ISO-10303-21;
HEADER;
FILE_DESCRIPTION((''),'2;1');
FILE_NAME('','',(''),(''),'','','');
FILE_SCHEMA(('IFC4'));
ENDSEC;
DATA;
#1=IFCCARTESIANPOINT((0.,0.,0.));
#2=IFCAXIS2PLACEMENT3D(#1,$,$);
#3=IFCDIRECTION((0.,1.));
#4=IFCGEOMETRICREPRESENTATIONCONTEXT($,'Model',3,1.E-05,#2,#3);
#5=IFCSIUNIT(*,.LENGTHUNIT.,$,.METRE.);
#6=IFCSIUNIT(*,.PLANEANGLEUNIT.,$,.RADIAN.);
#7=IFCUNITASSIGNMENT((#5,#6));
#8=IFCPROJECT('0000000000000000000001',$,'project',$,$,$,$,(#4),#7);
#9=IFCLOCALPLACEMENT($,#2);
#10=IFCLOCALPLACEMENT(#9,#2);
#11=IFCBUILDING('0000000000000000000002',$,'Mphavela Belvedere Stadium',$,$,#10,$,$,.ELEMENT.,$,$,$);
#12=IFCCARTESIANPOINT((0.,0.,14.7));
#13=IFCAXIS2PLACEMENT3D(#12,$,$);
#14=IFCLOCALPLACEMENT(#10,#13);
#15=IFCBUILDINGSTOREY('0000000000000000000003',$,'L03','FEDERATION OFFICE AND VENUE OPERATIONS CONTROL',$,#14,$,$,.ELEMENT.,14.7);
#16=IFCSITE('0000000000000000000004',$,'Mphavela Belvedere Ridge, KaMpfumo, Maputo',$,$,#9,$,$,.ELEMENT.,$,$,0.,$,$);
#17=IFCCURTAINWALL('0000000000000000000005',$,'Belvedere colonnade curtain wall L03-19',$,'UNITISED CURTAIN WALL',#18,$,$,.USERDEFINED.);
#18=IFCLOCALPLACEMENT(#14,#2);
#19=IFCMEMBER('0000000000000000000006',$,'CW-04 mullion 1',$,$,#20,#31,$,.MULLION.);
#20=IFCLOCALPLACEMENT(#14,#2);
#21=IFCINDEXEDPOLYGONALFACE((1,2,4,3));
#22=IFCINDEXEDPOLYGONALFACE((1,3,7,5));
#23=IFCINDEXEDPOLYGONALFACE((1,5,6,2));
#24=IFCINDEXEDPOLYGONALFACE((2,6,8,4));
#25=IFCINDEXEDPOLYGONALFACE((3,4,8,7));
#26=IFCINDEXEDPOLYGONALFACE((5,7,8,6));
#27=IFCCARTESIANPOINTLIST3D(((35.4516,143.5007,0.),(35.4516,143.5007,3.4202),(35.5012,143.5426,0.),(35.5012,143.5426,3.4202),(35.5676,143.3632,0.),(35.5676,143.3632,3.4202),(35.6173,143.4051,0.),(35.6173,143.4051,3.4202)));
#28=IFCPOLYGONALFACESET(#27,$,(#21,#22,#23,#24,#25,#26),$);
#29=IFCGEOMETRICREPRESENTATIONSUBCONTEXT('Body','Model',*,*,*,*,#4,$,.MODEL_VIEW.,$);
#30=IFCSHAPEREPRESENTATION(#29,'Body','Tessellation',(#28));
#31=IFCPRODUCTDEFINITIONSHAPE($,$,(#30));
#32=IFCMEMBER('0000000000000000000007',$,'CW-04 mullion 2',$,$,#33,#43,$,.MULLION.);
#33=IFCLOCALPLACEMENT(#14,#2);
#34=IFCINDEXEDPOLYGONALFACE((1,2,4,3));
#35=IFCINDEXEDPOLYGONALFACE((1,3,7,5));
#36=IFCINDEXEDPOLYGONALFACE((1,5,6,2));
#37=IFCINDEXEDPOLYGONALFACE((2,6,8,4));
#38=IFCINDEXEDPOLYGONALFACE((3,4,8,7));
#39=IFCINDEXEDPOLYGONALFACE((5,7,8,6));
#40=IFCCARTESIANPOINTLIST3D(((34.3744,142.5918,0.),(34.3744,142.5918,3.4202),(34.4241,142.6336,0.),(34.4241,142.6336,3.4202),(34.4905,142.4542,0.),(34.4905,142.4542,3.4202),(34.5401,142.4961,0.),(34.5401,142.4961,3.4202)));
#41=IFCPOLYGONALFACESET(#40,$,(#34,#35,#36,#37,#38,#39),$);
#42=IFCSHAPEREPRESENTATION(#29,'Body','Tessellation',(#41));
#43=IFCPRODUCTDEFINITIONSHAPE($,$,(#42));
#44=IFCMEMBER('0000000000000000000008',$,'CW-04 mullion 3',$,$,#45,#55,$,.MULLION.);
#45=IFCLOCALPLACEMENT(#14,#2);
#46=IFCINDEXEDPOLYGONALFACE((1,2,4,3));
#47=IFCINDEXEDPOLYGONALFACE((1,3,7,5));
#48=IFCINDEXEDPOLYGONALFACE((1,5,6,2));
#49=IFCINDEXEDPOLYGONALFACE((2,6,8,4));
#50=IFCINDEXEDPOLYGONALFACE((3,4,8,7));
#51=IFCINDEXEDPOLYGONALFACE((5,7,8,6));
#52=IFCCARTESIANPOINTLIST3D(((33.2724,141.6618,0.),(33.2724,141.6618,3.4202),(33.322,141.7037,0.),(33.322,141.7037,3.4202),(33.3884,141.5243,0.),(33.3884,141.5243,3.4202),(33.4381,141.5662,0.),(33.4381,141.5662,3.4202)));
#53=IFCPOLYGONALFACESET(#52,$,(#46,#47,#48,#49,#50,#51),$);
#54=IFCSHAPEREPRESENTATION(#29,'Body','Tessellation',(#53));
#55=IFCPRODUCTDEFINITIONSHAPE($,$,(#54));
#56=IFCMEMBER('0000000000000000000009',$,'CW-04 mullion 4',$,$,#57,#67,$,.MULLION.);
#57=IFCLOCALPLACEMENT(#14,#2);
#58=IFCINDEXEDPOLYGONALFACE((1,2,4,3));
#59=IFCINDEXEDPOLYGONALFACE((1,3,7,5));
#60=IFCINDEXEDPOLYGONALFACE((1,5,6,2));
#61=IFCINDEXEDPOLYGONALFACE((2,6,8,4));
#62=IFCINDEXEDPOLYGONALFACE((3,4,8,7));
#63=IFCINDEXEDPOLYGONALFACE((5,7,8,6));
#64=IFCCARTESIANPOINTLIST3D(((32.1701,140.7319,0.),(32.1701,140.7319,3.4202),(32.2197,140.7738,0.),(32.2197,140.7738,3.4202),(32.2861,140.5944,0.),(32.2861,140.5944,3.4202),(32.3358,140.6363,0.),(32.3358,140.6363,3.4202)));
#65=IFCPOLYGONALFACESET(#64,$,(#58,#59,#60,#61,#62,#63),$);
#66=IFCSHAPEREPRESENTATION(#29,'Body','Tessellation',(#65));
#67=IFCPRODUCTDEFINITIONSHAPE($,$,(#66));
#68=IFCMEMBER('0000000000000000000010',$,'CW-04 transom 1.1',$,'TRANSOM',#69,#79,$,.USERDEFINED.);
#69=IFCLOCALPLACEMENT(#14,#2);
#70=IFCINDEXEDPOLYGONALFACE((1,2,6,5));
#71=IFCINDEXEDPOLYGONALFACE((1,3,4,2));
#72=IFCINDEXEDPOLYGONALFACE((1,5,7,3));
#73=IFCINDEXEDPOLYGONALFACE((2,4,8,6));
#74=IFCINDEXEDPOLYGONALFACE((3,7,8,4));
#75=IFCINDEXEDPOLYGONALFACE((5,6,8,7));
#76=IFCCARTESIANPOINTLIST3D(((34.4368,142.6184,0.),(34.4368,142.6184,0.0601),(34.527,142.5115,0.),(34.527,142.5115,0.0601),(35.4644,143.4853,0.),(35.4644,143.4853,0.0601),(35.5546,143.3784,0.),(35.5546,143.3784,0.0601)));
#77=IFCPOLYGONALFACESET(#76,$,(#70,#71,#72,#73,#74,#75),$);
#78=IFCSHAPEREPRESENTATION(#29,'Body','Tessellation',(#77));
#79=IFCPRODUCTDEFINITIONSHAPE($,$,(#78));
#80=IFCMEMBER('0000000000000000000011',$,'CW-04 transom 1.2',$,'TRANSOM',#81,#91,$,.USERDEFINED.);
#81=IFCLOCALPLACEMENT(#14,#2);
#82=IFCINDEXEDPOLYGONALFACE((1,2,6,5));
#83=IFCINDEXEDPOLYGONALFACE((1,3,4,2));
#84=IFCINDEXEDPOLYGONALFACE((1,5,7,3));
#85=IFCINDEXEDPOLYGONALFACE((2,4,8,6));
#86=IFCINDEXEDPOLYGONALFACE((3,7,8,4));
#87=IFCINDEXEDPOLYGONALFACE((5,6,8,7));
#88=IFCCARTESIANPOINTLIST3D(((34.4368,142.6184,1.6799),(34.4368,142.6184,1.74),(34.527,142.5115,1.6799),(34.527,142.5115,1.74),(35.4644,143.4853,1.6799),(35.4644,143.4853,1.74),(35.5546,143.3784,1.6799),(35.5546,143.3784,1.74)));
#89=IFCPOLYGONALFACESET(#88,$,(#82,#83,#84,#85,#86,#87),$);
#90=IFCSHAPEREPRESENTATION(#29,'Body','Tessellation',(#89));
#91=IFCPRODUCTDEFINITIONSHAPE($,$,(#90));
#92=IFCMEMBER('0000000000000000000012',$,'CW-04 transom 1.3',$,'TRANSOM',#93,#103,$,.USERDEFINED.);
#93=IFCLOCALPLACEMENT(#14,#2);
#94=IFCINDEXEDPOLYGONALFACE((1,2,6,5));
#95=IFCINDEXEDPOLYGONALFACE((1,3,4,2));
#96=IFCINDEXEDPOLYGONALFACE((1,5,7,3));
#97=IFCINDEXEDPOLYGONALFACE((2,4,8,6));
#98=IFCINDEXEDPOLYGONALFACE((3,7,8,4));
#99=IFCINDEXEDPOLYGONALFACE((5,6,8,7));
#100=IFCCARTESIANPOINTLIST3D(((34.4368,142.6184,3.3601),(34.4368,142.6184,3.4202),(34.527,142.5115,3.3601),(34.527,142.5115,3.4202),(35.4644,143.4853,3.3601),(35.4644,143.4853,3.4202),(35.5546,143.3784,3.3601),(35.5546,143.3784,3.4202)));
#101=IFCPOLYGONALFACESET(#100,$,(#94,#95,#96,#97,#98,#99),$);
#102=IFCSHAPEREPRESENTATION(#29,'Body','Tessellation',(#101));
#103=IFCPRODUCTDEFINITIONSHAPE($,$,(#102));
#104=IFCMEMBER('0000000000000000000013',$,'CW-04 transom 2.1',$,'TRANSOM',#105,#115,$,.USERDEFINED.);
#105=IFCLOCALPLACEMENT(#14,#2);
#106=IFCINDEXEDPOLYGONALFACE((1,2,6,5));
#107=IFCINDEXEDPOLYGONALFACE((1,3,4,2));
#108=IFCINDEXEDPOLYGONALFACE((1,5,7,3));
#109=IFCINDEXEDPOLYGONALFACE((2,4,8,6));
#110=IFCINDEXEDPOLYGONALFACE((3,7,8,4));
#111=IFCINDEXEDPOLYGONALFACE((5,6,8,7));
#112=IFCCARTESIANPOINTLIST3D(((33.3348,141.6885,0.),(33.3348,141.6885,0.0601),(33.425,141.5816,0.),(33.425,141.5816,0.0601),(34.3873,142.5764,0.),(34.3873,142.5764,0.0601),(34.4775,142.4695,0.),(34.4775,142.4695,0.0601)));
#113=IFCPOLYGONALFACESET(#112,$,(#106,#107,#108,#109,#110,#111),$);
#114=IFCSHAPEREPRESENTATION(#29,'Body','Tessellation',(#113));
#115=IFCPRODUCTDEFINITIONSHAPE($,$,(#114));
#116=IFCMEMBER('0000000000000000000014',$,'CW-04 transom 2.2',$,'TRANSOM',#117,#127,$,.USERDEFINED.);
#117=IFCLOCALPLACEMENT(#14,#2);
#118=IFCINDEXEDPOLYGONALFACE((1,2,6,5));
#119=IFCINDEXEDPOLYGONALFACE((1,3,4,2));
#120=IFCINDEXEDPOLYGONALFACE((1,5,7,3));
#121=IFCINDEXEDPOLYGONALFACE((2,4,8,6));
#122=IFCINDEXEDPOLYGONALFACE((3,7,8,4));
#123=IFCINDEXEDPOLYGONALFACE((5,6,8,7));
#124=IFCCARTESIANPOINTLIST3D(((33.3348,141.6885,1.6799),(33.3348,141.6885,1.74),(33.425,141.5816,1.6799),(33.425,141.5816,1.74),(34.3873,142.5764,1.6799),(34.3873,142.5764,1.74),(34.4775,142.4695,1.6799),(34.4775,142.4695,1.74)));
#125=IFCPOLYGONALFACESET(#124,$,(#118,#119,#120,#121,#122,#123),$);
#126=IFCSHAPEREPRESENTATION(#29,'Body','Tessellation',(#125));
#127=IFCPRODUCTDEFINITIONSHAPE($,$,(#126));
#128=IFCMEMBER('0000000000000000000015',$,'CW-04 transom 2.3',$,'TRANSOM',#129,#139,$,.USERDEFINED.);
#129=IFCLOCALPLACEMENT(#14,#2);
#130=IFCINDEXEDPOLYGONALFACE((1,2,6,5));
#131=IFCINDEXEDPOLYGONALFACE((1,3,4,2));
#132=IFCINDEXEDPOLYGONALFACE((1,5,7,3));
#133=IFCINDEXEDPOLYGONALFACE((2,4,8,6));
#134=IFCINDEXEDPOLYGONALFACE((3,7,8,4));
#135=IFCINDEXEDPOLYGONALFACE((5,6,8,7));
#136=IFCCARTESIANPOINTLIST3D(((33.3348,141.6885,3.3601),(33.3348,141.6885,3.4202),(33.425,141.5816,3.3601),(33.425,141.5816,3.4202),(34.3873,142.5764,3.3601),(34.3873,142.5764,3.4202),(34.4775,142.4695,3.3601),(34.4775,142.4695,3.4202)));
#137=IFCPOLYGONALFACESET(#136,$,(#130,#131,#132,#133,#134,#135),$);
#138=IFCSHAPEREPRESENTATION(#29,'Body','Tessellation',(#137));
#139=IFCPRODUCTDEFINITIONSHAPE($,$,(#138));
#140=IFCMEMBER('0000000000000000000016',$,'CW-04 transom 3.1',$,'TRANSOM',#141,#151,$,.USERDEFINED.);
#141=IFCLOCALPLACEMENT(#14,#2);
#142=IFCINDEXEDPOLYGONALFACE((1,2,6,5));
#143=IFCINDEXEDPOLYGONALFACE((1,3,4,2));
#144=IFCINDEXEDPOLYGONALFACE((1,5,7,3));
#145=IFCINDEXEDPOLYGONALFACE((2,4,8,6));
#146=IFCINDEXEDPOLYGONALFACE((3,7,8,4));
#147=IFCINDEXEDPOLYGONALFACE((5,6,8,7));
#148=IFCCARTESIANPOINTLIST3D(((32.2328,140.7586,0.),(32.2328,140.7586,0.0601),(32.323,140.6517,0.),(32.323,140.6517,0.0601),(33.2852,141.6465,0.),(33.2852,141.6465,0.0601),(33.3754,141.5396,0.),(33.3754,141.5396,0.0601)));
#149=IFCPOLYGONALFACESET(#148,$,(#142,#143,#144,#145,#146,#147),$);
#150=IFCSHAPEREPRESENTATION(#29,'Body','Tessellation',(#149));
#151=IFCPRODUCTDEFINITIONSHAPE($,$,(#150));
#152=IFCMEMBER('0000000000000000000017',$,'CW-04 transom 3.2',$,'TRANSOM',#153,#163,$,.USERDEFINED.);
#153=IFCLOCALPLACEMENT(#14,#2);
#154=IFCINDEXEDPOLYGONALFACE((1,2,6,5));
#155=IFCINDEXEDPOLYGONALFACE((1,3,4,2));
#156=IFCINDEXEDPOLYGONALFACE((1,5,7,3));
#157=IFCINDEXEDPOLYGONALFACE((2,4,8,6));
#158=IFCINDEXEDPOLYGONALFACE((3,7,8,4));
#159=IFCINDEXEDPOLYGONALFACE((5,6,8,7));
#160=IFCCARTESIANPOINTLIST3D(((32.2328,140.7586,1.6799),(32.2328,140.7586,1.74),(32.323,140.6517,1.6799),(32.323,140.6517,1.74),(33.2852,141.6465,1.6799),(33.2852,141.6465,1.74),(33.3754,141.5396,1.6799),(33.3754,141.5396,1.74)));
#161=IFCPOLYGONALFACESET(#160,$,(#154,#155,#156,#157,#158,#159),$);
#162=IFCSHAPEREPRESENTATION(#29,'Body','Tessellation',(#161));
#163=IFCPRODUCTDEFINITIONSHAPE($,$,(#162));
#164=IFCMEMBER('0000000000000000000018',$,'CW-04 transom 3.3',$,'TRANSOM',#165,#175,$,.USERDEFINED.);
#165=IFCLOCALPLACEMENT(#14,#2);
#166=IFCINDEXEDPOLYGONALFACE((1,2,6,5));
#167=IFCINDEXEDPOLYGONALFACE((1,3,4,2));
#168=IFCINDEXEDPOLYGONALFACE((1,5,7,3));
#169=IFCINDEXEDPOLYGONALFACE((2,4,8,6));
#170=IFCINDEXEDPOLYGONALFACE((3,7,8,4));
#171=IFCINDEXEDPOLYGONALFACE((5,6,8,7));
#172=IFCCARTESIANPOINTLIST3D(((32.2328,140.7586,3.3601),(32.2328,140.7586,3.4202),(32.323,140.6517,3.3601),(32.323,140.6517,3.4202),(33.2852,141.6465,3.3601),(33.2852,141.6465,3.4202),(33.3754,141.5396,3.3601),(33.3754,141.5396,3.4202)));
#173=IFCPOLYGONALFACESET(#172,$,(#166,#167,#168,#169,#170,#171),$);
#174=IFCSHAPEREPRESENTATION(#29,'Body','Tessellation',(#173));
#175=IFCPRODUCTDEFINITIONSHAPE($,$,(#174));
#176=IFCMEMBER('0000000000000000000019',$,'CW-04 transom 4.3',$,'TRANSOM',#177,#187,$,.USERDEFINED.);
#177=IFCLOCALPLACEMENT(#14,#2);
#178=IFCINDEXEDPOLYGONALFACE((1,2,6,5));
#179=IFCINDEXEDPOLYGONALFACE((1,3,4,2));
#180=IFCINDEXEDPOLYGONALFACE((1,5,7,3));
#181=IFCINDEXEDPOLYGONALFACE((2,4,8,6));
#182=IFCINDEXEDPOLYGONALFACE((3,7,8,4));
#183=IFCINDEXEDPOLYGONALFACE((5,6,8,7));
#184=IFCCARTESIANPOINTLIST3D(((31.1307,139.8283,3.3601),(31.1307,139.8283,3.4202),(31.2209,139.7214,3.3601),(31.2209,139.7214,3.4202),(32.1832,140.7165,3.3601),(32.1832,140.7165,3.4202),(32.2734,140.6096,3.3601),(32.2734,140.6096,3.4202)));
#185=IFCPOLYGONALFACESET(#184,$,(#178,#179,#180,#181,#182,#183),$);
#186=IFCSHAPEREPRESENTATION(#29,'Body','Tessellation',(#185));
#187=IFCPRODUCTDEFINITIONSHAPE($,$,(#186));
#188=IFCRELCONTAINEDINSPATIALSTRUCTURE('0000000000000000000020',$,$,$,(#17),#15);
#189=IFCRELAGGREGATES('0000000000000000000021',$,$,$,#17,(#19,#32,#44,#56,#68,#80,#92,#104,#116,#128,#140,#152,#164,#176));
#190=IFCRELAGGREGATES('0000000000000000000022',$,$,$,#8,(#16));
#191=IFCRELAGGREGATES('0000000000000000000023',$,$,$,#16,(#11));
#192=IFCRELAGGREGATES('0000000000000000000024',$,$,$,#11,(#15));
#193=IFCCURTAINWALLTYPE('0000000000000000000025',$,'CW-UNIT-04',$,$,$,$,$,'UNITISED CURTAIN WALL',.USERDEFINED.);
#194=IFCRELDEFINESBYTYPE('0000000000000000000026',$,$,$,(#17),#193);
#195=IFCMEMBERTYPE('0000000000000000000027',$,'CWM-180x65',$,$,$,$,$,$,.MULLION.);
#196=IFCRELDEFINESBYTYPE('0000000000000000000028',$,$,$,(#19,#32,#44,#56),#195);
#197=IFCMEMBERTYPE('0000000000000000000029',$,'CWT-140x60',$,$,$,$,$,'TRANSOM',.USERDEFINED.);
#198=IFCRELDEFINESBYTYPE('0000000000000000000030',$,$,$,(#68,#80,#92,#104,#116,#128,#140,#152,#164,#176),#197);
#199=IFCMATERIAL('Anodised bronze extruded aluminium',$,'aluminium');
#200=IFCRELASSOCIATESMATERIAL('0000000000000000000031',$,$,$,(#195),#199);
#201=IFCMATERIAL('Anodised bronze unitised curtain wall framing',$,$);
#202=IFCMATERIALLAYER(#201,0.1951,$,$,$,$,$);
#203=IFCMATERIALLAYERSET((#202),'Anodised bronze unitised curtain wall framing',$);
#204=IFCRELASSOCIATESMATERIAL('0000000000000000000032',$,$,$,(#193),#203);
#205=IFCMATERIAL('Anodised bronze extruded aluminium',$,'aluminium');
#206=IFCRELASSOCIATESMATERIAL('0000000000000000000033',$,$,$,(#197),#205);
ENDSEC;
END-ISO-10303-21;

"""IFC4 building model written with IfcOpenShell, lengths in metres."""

from ifc_helpers import new_model, si_unit, direction, frame, origin, origin_2d, place, context, subcontext, project, spatial, rectangle, extrude, material, layer, layer_set, material_profile, profile_set, type_object, element, aggregate, save


model = new_model("IFC4")

# Units and contexts
model_context = context("Model", 3, precision=1e-05, world=origin(), true_north=direction((0.0, 1.0)))
body_context = subcontext(model_context, "Body", "Model", "MODEL_VIEW")
ifc_project = project(units=[si_unit("LENGTHUNIT", "METRE"), si_unit("PLANEANGLEUNIT", "RADIAN")], contexts=[model_context])

# Site, building, storey
site_placement = place(None, origin())
site = spatial("IfcSite", under=ifc_project, at=site_placement, Name="Mphavela Belvedere Ridge, KaMpfumo, Maputo", CompositionType="ELEMENT", RefElevation=0.0)
building_placement = place(site_placement, origin())
building = spatial("IfcBuilding", under=site, at=building_placement, Name="Mphavela Belvedere Stadium", CompositionType="ELEMENT")
storey_placement = place(building_placement, frame((0.0, 0.0, 14.7)))
storey = spatial("IfcBuildingStorey", under=building, at=storey_placement, Name="L03", Description="FEDERATION OFFICE AND VENUE OPERATIONS CONTROL", CompositionType="ELEMENT", Elevation=14.7)

# Shared definitions
ifc_material_1 = material(Name="Anodised bronze extruded aluminium", Category="aluminium")
ifc_material_profile_1 = material_profile(ifc_material_1, rectangle(XDim=0.1799, YDim=0.0649, at=origin_2d()), Name="CW-MUL 180x65")
ifc_profile_set_1 = profile_set([ifc_material_profile_1], Name="Anodised bronze extruded aluminium")
member_type_1 = type_object("IfcMemberType", Name="CWM-180x65", PredefinedType="MULLION", material=ifc_profile_set_1)

# Curtain wall, members
ifc_material_2 = material(Name="Anodised bronze unitised curtain wall framing")
ifc_layer_1 = layer(ifc_material_2, 0.1951)
ifc_layer_set_1 = layer_set([ifc_layer_1], Name="Anodised bronze unitised curtain wall framing")
curtain_wall_type_1 = type_object("IfcCurtainWallType", Name="CW-UNIT-04", ElementType="UNITISED CURTAIN WALL", PredefinedType="USERDEFINED", material=ifc_layer_set_1)
curtain_wall_1_placement = place(storey_placement, origin())
curtain_wall_1 = element("IfcCurtainWall", 1, at=curtain_wall_1_placement, inside=storey, type_object=curtain_wall_type_1, Name="Belvedere colonnade curtain wall L03-19", ObjectType="UNITISED CURTAIN WALL", PredefinedType="USERDEFINED")
member_1_placement = place(storey_placement, frame((35.5344, 143.4529, 0.0), z_axis=(0.0, 0.0, 1.0), x_axis=(0.644905, -0.764263, 0.0)))
member_1 = element("IfcMember", 2, at=member_1_placement, type_object=member_type_1, Name="CW-04 mullion 1", PredefinedType="MULLION", context=body_context, shape_type="SweptSolid", body=[
    extrude(rectangle(XDim=0.1799, YDim=0.0649, at=origin_2d()), origin(), (0.0, 0.0, 1.0), 3.4202),
])
member_2_placement = place(storey_placement, frame((34.4573, 142.5439, 0.0), z_axis=(0.0, 0.0, 1.0), x_axis=(0.644905, -0.764263, 0.0)))
member_2 = element("IfcMember", 3, at=member_2_placement, type_object=member_type_1, Name="CW-04 mullion 2", PredefinedType="MULLION", context=body_context, shape_type="SweptSolid", body=[
    extrude(rectangle(XDim=0.1799, YDim=0.0649, at=origin_2d()), origin(), (0.0, 0.0, 1.0), 3.4202),
])
member_3_placement = place(storey_placement, frame((33.3552, 141.614, 0.0), z_axis=(0.0, 0.0, 1.0), x_axis=(0.644905, -0.764263, 0.0)))
member_3 = element("IfcMember", 4, at=member_3_placement, type_object=member_type_1, Name="CW-04 mullion 3", PredefinedType="MULLION", context=body_context, shape_type="SweptSolid", body=[
    extrude(rectangle(XDim=0.1799, YDim=0.0649, at=origin_2d()), origin(), (0.0, 0.0, 1.0), 3.4202),
])
member_4_placement = place(storey_placement, frame((32.2529, 140.6841, 0.0), z_axis=(0.0, 0.0, 1.0), x_axis=(0.644905, -0.764263, 0.0)))
member_4 = element("IfcMember", 5, at=member_4_placement, type_object=member_type_1, Name="CW-04 mullion 4", PredefinedType="MULLION", context=body_context, shape_type="SweptSolid", body=[
    extrude(rectangle(XDim=0.1799, YDim=0.0649, at=origin_2d()), origin(), (0.0, 0.0, 1.0), 3.4202),
])
ifc_material_3 = material(Name="Anodised bronze extruded aluminium", Category="aluminium")
ifc_material_profile_2 = material_profile(ifc_material_3, rectangle(XDim=0.1399, YDim=0.0601, at=origin_2d()), Name="CW-TRN 140x60")
ifc_profile_set_2 = profile_set([ifc_material_profile_2], Name="Anodised bronze extruded aluminium")
member_type_2 = type_object("IfcMemberType", Name="CWT-140x60", ElementType="TRANSOM", PredefinedType="USERDEFINED", material=ifc_profile_set_2)
member_5_placement = place(storey_placement, frame((35.5095, 143.4319, 0.03), z_axis=(-0.764322, -0.644834, 0.0), x_axis=(0.644834, -0.764322, 0.0)))
member_5 = element("IfcMember", 6, at=member_5_placement, type_object=member_type_2, Name="CW-04 transom 1.1", ObjectType="TRANSOM", PredefinedType="USERDEFINED", context=body_context, shape_type="SweptSolid", body=[
    extrude(rectangle(XDim=0.1399, YDim=0.0601, at=origin_2d()), origin(), (0.0, 0.0, 1.0), 1.3445),
])
member_6_placement = place(storey_placement, frame((35.5095, 143.4319, 1.71), z_axis=(-0.764322, -0.644834, 0.0), x_axis=(0.644834, -0.764322, 0.0)))
member_6 = element("IfcMember", 7, at=member_6_placement, type_object=member_type_2, Name="CW-04 transom 1.2", ObjectType="TRANSOM", PredefinedType="USERDEFINED", context=body_context, shape_type="SweptSolid", body=[
    extrude(rectangle(XDim=0.1399, YDim=0.0601, at=origin_2d()), origin(), (0.0, 0.0, 1.0), 1.3445),
])
member_7_placement = place(storey_placement, frame((35.5095, 143.4319, 3.3901), z_axis=(-0.764322, -0.644834, 0.0), x_axis=(0.644834, -0.764322, 0.0)))
member_7 = element("IfcMember", 8, at=member_7_placement, type_object=member_type_2, Name="CW-04 transom 1.3", ObjectType="TRANSOM", PredefinedType="USERDEFINED", context=body_context, shape_type="SweptSolid", body=[
    extrude(rectangle(XDim=0.1399, YDim=0.0601, at=origin_2d()), origin(), (0.0, 0.0, 1.0), 1.3445),
])
member_8_placement = place(storey_placement, frame((34.4324, 142.5229, 0.03), z_axis=(-0.764327, -0.644829, 0.0), x_axis=(0.644829, -0.764327, 0.0)))
member_8 = element("IfcMember", 9, at=member_8_placement, type_object=member_type_2, Name="CW-04 transom 2.1", ObjectType="TRANSOM", PredefinedType="USERDEFINED", context=body_context, shape_type="SweptSolid", body=[
    extrude(rectangle(XDim=0.1399, YDim=0.0601, at=origin_2d()), origin(), (0.0, 0.0, 1.0), 1.377),
])
member_9_placement = place(storey_placement, frame((34.4324, 142.5229, 1.71), z_axis=(-0.764327, -0.644829, 0.0), x_axis=(0.644829, -0.764327, 0.0)))
member_9 = element("IfcMember", 10, at=member_9_placement, type_object=member_type_2, Name="CW-04 transom 2.2", ObjectType="TRANSOM", PredefinedType="USERDEFINED", context=body_context, shape_type="SweptSolid", body=[
    extrude(rectangle(XDim=0.1399, YDim=0.0601, at=origin_2d()), origin(), (0.0, 0.0, 1.0), 1.377),
])
member_10_placement = place(storey_placement, frame((34.4324, 142.5229, 3.3901), z_axis=(-0.764327, -0.644829, 0.0), x_axis=(0.644829, -0.764327, 0.0)))
member_10 = element("IfcMember", 11, at=member_10_placement, type_object=member_type_2, Name="CW-04 transom 2.3", ObjectType="TRANSOM", PredefinedType="USERDEFINED", context=body_context, shape_type="SweptSolid", body=[
    extrude(rectangle(XDim=0.1399, YDim=0.0601, at=origin_2d()), origin(), (0.0, 0.0, 1.0), 1.377),
])
member_11_placement = place(storey_placement, frame((33.3303, 141.593, 0.03), z_axis=(-0.764327, -0.644829, 0.0), x_axis=(0.644829, -0.764327, 0.0)))
member_11 = element("IfcMember", 12, at=member_11_placement, type_object=member_type_2, Name="CW-04 transom 3.1", ObjectType="TRANSOM", PredefinedType="USERDEFINED", context=body_context, shape_type="SweptSolid", body=[
    extrude(rectangle(XDim=0.1399, YDim=0.0601, at=origin_2d()), origin(), (0.0, 0.0, 1.0), 1.377),
])
member_12_placement = place(storey_placement, frame((33.3303, 141.593, 1.71), z_axis=(-0.764327, -0.644829, 0.0), x_axis=(0.644829, -0.764327, 0.0)))
member_12 = element("IfcMember", 13, at=member_12_placement, type_object=member_type_2, Name="CW-04 transom 3.2", ObjectType="TRANSOM", PredefinedType="USERDEFINED", context=body_context, shape_type="SweptSolid", body=[
    extrude(rectangle(XDim=0.1399, YDim=0.0601, at=origin_2d()), origin(), (0.0, 0.0, 1.0), 1.377),
])
member_13_placement = place(storey_placement, frame((33.3303, 141.593, 3.3901), z_axis=(-0.764327, -0.644829, 0.0), x_axis=(0.644829, -0.764327, 0.0)))
member_13 = element("IfcMember", 14, at=member_13_placement, type_object=member_type_2, Name="CW-04 transom 3.3", ObjectType="TRANSOM", PredefinedType="USERDEFINED", context=body_context, shape_type="SweptSolid", body=[
    extrude(rectangle(XDim=0.1399, YDim=0.0601, at=origin_2d()), origin(), (0.0, 0.0, 1.0), 1.377),
])
member_14_placement = place(storey_placement, frame((32.2283, 140.6631, 3.3901), z_axis=(-0.76424, -0.644932, 0.0), x_axis=(0.644932, -0.76424, 0.0)))
member_14 = element("IfcMember", 15, at=member_14_placement, type_object=member_type_2, Name="CW-04 transom 4.3", ObjectType="TRANSOM", PredefinedType="USERDEFINED", context=body_context, shape_type="SweptSolid", body=[
    extrude(rectangle(XDim=0.1399, YDim=0.0601, at=origin_2d()), origin(), (0.0, 0.0, 1.0), 1.3772),
])
aggregate(curtain_wall_1, [member_1, member_2, member_3, member_4, member_5, member_6, member_7, member_8, member_9, member_10, member_11, member_12, member_13, member_14])

save(model, "model.ifc")
